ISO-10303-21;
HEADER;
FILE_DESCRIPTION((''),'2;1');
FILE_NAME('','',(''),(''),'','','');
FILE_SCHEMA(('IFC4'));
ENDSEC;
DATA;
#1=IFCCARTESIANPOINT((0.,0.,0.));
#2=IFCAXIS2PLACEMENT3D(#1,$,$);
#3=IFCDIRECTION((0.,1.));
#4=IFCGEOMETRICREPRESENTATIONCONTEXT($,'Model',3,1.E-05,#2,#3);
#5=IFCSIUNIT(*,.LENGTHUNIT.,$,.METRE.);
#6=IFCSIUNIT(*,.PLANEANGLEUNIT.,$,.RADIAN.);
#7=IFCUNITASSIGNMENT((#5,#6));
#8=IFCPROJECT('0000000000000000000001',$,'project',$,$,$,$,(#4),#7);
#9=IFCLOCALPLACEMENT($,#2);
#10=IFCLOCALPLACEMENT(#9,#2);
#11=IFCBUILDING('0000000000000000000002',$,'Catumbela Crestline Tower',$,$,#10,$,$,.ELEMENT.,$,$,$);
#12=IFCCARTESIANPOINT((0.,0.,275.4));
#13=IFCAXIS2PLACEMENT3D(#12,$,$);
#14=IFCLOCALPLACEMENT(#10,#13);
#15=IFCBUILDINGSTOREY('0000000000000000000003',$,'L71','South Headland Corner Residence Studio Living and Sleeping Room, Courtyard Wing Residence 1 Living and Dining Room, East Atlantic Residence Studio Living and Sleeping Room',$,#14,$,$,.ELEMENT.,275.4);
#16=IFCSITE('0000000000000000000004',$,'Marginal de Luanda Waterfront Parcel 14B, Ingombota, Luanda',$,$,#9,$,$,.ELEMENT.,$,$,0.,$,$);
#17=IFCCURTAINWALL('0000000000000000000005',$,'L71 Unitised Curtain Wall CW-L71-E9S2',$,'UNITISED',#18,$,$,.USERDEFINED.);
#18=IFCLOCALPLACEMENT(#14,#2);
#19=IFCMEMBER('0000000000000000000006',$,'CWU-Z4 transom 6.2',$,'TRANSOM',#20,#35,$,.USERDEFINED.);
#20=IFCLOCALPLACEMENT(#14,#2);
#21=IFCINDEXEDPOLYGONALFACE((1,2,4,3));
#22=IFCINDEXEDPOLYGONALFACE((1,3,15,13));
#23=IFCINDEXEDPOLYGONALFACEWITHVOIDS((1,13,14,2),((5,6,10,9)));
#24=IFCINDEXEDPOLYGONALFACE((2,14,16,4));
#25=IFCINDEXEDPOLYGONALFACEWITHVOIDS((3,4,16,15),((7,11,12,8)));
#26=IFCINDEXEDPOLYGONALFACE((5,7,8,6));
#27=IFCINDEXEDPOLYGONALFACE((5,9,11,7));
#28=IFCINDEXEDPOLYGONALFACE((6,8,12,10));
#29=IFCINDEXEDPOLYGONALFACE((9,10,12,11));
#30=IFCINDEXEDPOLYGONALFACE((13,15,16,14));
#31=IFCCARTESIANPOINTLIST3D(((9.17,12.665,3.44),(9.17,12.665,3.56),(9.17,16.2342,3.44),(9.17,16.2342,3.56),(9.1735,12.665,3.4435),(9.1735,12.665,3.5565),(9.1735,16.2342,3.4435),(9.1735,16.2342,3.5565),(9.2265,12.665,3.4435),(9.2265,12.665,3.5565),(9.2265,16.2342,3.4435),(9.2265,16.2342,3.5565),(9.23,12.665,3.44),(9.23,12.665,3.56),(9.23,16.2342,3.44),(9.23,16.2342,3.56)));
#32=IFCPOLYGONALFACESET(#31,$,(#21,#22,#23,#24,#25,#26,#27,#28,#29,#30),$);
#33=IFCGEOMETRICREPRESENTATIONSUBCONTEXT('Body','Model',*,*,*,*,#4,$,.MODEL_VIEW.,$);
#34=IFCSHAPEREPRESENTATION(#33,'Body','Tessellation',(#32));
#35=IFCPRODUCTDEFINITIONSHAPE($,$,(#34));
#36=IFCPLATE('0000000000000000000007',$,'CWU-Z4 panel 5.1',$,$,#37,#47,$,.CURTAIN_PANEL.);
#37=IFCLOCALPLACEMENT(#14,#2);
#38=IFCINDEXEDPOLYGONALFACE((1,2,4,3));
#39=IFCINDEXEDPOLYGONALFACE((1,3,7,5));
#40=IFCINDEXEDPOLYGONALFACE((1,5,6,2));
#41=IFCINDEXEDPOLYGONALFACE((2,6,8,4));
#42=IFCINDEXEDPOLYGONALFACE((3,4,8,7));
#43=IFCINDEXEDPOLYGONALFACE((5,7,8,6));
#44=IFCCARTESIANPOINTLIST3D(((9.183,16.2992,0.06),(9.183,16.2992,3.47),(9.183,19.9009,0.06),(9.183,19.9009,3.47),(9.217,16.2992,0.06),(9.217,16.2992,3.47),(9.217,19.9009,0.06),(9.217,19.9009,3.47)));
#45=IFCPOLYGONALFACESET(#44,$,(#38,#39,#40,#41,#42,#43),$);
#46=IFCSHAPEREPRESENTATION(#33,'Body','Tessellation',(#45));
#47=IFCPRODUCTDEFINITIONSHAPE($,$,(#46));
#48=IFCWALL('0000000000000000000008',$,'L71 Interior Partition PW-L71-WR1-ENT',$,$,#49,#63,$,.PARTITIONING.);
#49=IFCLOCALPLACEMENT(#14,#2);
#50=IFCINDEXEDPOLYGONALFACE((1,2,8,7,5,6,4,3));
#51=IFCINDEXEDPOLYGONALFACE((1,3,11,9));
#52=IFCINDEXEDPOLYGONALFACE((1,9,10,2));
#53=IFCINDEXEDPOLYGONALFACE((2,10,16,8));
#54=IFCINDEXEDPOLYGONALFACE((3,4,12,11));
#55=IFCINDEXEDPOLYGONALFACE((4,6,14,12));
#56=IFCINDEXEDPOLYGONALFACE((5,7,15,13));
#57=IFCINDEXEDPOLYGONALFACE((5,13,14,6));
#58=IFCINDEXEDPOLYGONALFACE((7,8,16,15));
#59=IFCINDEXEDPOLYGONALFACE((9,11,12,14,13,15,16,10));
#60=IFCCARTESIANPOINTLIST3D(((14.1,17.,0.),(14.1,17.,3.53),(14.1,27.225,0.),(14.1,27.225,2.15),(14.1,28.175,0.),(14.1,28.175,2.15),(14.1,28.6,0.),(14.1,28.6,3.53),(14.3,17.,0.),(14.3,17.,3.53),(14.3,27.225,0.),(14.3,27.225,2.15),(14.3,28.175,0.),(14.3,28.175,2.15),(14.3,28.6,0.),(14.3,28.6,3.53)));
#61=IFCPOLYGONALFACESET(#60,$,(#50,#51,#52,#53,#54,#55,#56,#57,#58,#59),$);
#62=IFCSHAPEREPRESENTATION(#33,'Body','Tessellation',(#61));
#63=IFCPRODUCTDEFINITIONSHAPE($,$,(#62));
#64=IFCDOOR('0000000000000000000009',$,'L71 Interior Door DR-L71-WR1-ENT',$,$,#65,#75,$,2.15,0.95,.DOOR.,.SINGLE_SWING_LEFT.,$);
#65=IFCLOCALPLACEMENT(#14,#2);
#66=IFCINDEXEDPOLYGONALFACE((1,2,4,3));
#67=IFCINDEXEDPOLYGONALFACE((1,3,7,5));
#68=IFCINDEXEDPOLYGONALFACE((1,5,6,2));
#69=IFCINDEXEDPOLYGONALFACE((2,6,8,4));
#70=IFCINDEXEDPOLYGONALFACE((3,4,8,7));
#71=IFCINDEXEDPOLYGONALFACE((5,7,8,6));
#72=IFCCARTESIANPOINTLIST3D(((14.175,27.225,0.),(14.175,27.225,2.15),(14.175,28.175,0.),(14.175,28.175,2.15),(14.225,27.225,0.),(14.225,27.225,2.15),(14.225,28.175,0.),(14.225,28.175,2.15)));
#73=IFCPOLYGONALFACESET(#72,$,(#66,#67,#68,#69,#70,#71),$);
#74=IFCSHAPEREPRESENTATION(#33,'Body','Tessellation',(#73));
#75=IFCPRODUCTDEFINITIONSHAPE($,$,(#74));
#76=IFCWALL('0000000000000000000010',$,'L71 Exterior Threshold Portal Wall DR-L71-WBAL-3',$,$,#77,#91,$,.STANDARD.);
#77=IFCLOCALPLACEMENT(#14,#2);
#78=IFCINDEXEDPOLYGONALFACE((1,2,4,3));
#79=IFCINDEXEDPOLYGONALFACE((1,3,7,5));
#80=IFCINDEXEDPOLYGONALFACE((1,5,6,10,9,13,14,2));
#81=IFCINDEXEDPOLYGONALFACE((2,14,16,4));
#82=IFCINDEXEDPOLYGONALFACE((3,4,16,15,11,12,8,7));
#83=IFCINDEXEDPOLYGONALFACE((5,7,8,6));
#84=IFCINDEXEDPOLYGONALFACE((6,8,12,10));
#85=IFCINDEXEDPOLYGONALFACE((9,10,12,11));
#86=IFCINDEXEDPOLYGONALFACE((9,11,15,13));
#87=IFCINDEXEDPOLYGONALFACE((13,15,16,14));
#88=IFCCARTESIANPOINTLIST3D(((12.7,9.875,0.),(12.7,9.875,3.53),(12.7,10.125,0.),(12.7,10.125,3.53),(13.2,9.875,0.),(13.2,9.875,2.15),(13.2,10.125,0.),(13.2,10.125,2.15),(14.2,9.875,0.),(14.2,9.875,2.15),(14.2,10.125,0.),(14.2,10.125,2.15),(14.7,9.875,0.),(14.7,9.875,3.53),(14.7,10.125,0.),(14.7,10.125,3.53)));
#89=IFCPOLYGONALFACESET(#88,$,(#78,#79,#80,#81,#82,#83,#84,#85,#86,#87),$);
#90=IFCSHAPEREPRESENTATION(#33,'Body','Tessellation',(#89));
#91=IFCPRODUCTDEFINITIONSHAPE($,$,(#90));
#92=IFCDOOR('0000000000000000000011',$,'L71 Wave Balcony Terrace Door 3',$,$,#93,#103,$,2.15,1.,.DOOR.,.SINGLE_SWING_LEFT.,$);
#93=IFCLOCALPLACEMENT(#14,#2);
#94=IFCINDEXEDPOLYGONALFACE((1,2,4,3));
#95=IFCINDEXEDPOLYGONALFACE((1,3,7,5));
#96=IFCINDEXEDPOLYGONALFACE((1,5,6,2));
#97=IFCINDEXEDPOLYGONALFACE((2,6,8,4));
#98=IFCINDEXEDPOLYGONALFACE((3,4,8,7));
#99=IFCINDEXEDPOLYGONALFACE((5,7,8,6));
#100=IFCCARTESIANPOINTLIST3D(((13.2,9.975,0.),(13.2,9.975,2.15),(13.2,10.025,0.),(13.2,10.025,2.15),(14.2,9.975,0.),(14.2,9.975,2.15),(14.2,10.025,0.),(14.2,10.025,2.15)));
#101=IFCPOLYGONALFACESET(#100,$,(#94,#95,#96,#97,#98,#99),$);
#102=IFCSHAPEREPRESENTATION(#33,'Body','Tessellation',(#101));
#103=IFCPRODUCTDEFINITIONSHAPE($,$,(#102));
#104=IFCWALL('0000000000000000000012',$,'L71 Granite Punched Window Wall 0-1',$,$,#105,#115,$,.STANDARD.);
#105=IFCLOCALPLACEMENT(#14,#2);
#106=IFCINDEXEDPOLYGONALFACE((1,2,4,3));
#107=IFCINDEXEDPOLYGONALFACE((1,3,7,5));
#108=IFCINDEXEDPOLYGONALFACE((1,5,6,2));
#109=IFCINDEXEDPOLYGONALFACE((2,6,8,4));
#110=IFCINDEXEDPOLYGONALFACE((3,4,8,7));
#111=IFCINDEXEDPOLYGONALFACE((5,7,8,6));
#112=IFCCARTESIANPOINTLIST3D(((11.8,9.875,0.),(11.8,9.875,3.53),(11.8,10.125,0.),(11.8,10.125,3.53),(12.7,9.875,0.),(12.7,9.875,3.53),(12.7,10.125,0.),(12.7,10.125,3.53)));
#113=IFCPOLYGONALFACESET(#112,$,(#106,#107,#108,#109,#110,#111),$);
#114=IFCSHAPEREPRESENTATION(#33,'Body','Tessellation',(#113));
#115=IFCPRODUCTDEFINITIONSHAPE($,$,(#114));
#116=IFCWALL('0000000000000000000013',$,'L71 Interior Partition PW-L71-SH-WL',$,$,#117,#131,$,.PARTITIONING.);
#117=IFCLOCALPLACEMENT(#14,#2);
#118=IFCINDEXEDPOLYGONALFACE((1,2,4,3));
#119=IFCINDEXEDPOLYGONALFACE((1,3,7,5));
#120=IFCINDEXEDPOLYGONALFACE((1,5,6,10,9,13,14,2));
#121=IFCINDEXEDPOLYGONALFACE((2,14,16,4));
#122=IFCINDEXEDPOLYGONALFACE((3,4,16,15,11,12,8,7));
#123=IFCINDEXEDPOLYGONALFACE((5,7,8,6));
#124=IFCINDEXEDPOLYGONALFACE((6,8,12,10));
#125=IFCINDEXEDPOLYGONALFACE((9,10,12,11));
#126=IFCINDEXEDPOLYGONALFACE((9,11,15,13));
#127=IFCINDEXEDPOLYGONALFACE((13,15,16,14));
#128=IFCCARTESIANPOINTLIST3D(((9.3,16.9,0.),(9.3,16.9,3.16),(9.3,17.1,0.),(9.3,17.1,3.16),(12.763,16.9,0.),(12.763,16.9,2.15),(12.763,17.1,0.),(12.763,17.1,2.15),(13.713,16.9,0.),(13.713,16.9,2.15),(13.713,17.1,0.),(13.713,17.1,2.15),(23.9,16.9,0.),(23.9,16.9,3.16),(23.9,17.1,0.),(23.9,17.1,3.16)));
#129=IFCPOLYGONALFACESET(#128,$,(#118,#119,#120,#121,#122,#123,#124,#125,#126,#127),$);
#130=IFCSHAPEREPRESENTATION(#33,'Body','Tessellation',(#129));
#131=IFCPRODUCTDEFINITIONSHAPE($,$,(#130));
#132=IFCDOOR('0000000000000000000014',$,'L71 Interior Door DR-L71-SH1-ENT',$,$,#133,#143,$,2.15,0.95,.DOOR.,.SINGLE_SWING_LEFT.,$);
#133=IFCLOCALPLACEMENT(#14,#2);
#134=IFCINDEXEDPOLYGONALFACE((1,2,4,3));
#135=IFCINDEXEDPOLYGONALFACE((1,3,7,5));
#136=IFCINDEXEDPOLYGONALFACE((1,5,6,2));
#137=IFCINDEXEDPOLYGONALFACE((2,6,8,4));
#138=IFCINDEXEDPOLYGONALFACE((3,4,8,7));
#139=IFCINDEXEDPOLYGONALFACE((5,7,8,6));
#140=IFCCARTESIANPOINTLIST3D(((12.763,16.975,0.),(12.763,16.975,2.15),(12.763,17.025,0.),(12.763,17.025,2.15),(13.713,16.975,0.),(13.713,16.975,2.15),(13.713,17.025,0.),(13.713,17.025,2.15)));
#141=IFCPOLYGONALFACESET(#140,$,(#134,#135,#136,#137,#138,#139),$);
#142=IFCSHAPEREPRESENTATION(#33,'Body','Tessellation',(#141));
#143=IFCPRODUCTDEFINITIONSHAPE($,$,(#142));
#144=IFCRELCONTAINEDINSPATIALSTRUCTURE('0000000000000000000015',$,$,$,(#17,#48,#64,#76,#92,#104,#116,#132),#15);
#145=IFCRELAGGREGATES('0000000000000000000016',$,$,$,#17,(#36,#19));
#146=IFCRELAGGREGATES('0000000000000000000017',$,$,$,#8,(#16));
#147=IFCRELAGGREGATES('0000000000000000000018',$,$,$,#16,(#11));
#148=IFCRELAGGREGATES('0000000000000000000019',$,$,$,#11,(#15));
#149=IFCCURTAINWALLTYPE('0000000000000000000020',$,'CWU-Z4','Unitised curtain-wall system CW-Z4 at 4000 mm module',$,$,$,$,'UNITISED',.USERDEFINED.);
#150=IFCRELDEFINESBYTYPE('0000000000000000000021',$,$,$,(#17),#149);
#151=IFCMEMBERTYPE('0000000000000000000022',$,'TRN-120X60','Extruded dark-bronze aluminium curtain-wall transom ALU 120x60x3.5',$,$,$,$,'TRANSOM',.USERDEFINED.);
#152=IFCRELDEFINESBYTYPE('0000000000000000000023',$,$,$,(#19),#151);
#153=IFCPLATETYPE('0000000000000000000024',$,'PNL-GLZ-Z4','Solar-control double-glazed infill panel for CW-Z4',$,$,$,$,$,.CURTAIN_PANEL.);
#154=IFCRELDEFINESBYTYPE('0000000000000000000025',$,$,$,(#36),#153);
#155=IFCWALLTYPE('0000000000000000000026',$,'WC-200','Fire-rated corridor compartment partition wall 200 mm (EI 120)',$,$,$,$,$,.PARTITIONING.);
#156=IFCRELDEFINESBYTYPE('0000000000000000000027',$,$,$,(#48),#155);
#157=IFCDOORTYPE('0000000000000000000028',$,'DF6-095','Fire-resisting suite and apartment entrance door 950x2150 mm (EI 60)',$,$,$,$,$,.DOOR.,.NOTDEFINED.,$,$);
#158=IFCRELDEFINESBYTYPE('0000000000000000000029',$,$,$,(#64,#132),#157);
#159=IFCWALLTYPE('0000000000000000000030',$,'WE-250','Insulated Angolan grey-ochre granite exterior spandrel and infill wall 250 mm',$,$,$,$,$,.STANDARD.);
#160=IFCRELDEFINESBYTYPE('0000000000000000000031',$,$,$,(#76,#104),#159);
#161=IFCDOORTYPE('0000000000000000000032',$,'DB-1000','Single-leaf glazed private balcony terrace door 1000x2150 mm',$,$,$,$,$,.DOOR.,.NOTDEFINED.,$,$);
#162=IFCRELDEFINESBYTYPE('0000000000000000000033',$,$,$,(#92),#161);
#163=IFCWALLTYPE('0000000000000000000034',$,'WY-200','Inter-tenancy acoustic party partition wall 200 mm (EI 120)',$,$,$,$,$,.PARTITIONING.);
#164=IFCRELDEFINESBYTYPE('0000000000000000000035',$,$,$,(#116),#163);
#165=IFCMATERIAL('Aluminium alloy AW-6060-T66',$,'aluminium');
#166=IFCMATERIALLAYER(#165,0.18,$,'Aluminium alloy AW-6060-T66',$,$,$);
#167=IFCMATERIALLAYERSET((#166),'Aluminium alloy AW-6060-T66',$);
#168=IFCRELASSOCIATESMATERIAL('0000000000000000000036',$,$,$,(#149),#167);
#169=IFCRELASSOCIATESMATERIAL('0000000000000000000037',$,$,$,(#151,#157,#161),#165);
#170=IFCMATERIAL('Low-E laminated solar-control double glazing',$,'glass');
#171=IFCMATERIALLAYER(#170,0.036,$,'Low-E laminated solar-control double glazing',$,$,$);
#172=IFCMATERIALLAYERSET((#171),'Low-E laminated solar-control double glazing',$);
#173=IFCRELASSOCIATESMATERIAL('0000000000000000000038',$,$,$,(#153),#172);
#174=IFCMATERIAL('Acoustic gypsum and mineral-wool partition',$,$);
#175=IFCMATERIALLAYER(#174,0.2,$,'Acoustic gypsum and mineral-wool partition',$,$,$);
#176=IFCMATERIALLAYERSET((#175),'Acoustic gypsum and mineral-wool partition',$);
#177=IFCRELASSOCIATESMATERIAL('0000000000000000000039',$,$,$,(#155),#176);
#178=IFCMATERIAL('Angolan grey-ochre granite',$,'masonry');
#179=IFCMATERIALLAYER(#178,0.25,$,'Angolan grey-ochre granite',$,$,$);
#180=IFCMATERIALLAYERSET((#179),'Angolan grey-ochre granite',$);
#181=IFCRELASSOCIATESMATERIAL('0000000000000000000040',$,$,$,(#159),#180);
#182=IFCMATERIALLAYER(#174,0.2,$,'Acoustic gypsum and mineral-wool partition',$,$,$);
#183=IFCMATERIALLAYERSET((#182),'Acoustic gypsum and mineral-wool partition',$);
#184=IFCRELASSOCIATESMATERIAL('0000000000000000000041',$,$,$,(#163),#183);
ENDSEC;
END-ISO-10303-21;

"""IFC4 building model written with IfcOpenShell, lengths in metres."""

from ifc_helpers import new_model, si_unit, direction, frame, frame_2d, origin, origin_2d, place, context, subcontext, project, spatial, rectangle, hollow_rectangle, extrude, material, layer, layer_set, material_profile, profile_set, type_object, element, fill, aggregate, save


model = new_model("IFC4")

# Units and contexts
model_context = context("Model", 3, precision=1e-05, world=origin(), true_north=direction((0.0, 1.0)))
body_context = subcontext(model_context, "Body", "Model", "MODEL_VIEW")
ifc_project = project(units=[si_unit("LENGTHUNIT", "METRE"), si_unit("PLANEANGLEUNIT", "RADIAN")], contexts=[model_context])

# Site, building, storey
site_placement = place(None, origin())
site = spatial("IfcSite", under=ifc_project, at=site_placement, Name="Marginal de Luanda Waterfront Parcel 14B, Ingombota, Luanda", CompositionType="ELEMENT", RefElevation=0.0)
building_placement = place(site_placement, origin())
building = spatial("IfcBuilding", under=site, at=building_placement, Name="Catumbela Crestline Tower", CompositionType="ELEMENT")
storey_placement = place(building_placement, frame((0.0, 0.0, 275.4)))
storey = spatial("IfcBuildingStorey", under=building, at=storey_placement, Name="L71", Description="South Headland Corner Residence Studio Living and Sleeping Room, Courtyard Wing Residence 1 Living and Dining Room, East Atlantic Residence Studio Living and Sleeping Room", CompositionType="ELEMENT", Elevation=275.4)

# Curtain wall
ifc_material_1 = material(Name="Aluminium alloy AW-6060-T66", Category="aluminium")
ifc_layer_1 = layer(ifc_material_1, 0.18, Name="Aluminium alloy AW-6060-T66")
ifc_layer_set_1 = layer_set([ifc_layer_1], Name="Aluminium alloy AW-6060-T66")
curtain_wall_type = type_object("IfcCurtainWallType", Name="CWU-Z4", Description="Unitised curtain-wall system CW-Z4 at 4000 mm module", ElementType="UNITISED", PredefinedType="USERDEFINED", material=ifc_layer_set_1)
curtain_wall_1_placement = place(storey_placement, origin())
curtain_wall_1 = element("IfcCurtainWall", 1, at=curtain_wall_1_placement, inside=storey, type_object=curtain_wall_type, Name="L71 Unitised Curtain Wall CW-L71-E9S2", ObjectType="UNITISED", PredefinedType="USERDEFINED")

# Member
ifc_material_profile_1 = material_profile(ifc_material_1, hollow_rectangle(XDim=0.06, YDim=0.12, WallThickness=0.0035, at=origin_2d()), Name="ALU 120x60x3.5")
ifc_profile_set_1 = profile_set([ifc_material_profile_1], Name="Aluminium alloy AW-6060-T66")
member_type_1 = type_object("IfcMemberType", Name="TRN-120X60", Description="Extruded dark-bronze aluminium curtain-wall transom ALU 120x60x3.5", ElementType="TRANSOM", PredefinedType="USERDEFINED", material=ifc_profile_set_1)
member_1_placement = place(storey_placement, frame((9.2, 16.2342, 3.5), z_axis=(0.0, -1.0, 0.0), x_axis=(1.0, 0.0, 0.0)))
member_1 = element("IfcMember", 2, at=member_1_placement, type_object=member_type_1, Name="CWU-Z4 transom 6.2", ObjectType="TRANSOM", PredefinedType="USERDEFINED", context=body_context, shape_type="SweptSolid", body=[
    extrude(hollow_rectangle(XDim=0.06, YDim=0.12, WallThickness=0.0035, at=origin_2d()), origin(), (0.0, 0.0, 1.0), 3.5692),
])

# Plate
ifc_material_2 = material(Name="Low-E laminated solar-control double glazing", Category="glass")
ifc_layer_2 = layer(ifc_material_2, 0.036, Name="Low-E laminated solar-control double glazing")
ifc_layer_set_2 = layer_set([ifc_layer_2], Name="Low-E laminated solar-control double glazing")
plate_type = type_object("IfcPlateType", Name="PNL-GLZ-Z4", Description="Solar-control double-glazed infill panel for CW-Z4", PredefinedType="CURTAIN_PANEL", material=ifc_layer_set_2)
plate_placement = place(storey_placement, frame((9.2, 18.1, 0.06), z_axis=(0.0, 0.0, 1.0), x_axis=(0.0, -1.0, 0.0)))
plate = element("IfcPlate", 3, at=plate_placement, type_object=plate_type, Name="CWU-Z4 panel 5.1", PredefinedType="CURTAIN_PANEL", context=body_context, shape_type="SweptSolid", body=[
    extrude(rectangle(XDim=3.6017, YDim=0.034, at=origin_2d()), origin(), (0.0, 0.0, 1.0), 3.41),
])
aggregate(curtain_wall_1, [plate, member_1])

# Walls, openings, doors
ifc_material_3 = material(Name="Acoustic gypsum and mineral-wool partition")
ifc_layer_3 = layer(ifc_material_3, 0.2, Name="Acoustic gypsum and mineral-wool partition")
ifc_layer_set_3 = layer_set([ifc_layer_3], Name="Acoustic gypsum and mineral-wool partition")
wall_type_1 = type_object("IfcWallType", Name="WC-200", Description="Fire-rated corridor compartment partition wall 200 mm (EI 120)", PredefinedType="PARTITIONING", material=ifc_layer_set_3)
wall_1_placement = place(storey_placement, frame((14.2, 17.0, 0.0), z_axis=(0.0, 0.0, 1.0), x_axis=(0.0, 1.0, 0.0)))
wall_1 = element("IfcWall", 4, at=wall_1_placement, inside=storey, type_object=wall_type_1, Name="L71 Interior Partition PW-L71-WR1-ENT", PredefinedType="PARTITIONING", context=body_context, shape_type="SweptSolid", body=[
    extrude(rectangle(XDim=11.6, YDim=0.2, at=frame_2d((5.8, 0.0))), origin(), (0.0, 0.0, 1.0), 3.53),
])
opening_1_placement = place(wall_1_placement, frame((10.225, 0.0, 0.0)))
opening_1 = element("IfcOpeningElement", 5, at=opening_1_placement, cuts=wall_1, PredefinedType="OPENING", context=body_context, shape_type="SweptSolid", body=[
    extrude(rectangle(XDim=0.95, YDim=2.15, at=frame_2d((0.475, 1.075))), frame((0.0, 0.11, 0.0), z_axis=(0.0, -1.0, 0.0), x_axis=(1.0, 0.0, 0.0)), (0.0, 0.0, 1.0), 0.22),
])
door_type_1 = type_object("IfcDoorType", Name="DF6-095", Description="Fire-resisting suite and apartment entrance door 950x2150 mm (EI 60)", OperationType="NOTDEFINED", PredefinedType="DOOR", material=ifc_material_1)
door_1_placement = place(opening_1_placement, origin())
door_1 = element("IfcDoor", 6, at=door_1_placement, inside=storey, type_object=door_type_1, Name="L71 Interior Door DR-L71-WR1-ENT", OperationType="SINGLE_SWING_LEFT", OverallHeight=2.15, OverallWidth=0.95, PredefinedType="DOOR", context=body_context, shape_type="SweptSolid", body=[
    extrude(rectangle(XDim=0.95, YDim=2.15, at=frame_2d((0.475, 1.075))), frame((0.0, 0.025, 0.0), z_axis=(0.0, -1.0, 0.0), x_axis=(1.0, 0.0, 0.0)), (0.0, 0.0, 1.0), 0.05),
])
fill(opening_1, door_1)
ifc_material_4 = material(Name="Angolan grey-ochre granite", Category="masonry")
ifc_layer_4 = layer(ifc_material_4, 0.25, Name="Angolan grey-ochre granite")
ifc_layer_set_4 = layer_set([ifc_layer_4], Name="Angolan grey-ochre granite")
wall_type_2 = type_object("IfcWallType", Name="WE-250", Description="Insulated Angolan grey-ochre granite exterior spandrel and infill wall 250 mm", PredefinedType="STANDARD", material=ifc_layer_set_4)
wall_2_placement = place(storey_placement, frame((12.7, 10.0, 0.0), z_axis=(0.0, 0.0, 1.0), x_axis=(1.0, 0.0, 0.0)))
wall_2 = element("IfcWall", 7, at=wall_2_placement, inside=storey, type_object=wall_type_2, Name="L71 Exterior Threshold Portal Wall DR-L71-WBAL-3", PredefinedType="STANDARD", context=body_context, shape_type="SweptSolid", body=[
    extrude(rectangle(XDim=2.0, YDim=0.25, at=frame_2d((1.0, 0.0))), origin(), (0.0, 0.0, 1.0), 3.53),
])
opening_2_placement = place(wall_2_placement, frame((0.5, 0.0, 0.0)))
opening_2 = element("IfcOpeningElement", 8, at=opening_2_placement, cuts=wall_2, PredefinedType="OPENING", context=body_context, shape_type="SweptSolid", body=[
    extrude(rectangle(XDim=1.0, YDim=2.15, at=frame_2d((0.5, 1.075))), frame((0.0, 0.135, 0.0), z_axis=(0.0, -1.0, 0.0), x_axis=(1.0, 0.0, 0.0)), (0.0, 0.0, 1.0), 0.27),
])
door_type_2 = type_object("IfcDoorType", Name="DB-1000", Description="Single-leaf glazed private balcony terrace door 1000x2150 mm", OperationType="NOTDEFINED", PredefinedType="DOOR", material=ifc_material_1)
door_2_placement = place(opening_2_placement, origin())
door_2 = element("IfcDoor", 9, at=door_2_placement, inside=storey, type_object=door_type_2, Name="L71 Wave Balcony Terrace Door 3", OperationType="SINGLE_SWING_LEFT", OverallHeight=2.15, OverallWidth=1.0, PredefinedType="DOOR", context=body_context, shape_type="SweptSolid", body=[
    extrude(rectangle(XDim=1.0, YDim=2.15, at=frame_2d((0.5, 1.075))), frame((0.0, 0.025, 0.0), z_axis=(0.0, -1.0, 0.0), x_axis=(1.0, 0.0, 0.0)), (0.0, 0.0, 1.0), 0.05),
])
fill(opening_2, door_2)

# Wall
wall_3_placement = place(storey_placement, frame((11.8, 10.0, 0.0), z_axis=(0.0, 0.0, 1.0), x_axis=(1.0, 0.0, 0.0)))
element("IfcWall", 10, at=wall_3_placement, inside=storey, type_object=wall_type_2, Name="L71 Granite Punched Window Wall 0-1", PredefinedType="STANDARD", context=body_context, shape_type="SweptSolid", body=[
    extrude(rectangle(XDim=0.9, YDim=0.25, at=frame_2d((0.45, 0.0))), origin(), (0.0, 0.0, 1.0), 3.53),
])

# Wall, opening, door
ifc_layer_5 = layer(ifc_material_3, 0.2, Name="Acoustic gypsum and mineral-wool partition")
ifc_layer_set_5 = layer_set([ifc_layer_5], Name="Acoustic gypsum and mineral-wool partition")
wall_type_3 = type_object("IfcWallType", Name="WY-200", Description="Inter-tenancy acoustic party partition wall 200 mm (EI 120)", PredefinedType="PARTITIONING", material=ifc_layer_set_5)
wall_4_placement = place(storey_placement, frame((9.3, 17.0, 0.0), z_axis=(0.0, 0.0, 1.0), x_axis=(1.0, 0.0, 0.0)))
wall_4 = element("IfcWall", 11, at=wall_4_placement, inside=storey, type_object=wall_type_3, Name="L71 Interior Partition PW-L71-SH-WL", PredefinedType="PARTITIONING", context=body_context, shape_type="SweptSolid", body=[
    extrude(rectangle(XDim=14.6, YDim=0.2, at=frame_2d((7.3, 0.0))), origin(), (0.0, 0.0, 1.0), 3.16),
])
opening_3_placement = place(wall_4_placement, frame((3.463, 0.0, 0.0)))
opening_3 = element("IfcOpeningElement", 12, at=opening_3_placement, cuts=wall_4, PredefinedType="OPENING", context=body_context, shape_type="SweptSolid", body=[
    extrude(rectangle(XDim=0.95, YDim=2.15, at=frame_2d((0.475, 1.075))), frame((0.0, 0.11, 0.0), z_axis=(0.0, -1.0, 0.0), x_axis=(1.0, 0.0, 0.0)), (0.0, 0.0, 1.0), 0.22),
])
door_3_placement = place(opening_3_placement, origin())
door_3 = element("IfcDoor", 13, at=door_3_placement, inside=storey, type_object=door_type_1, Name="L71 Interior Door DR-L71-SH1-ENT", OperationType="SINGLE_SWING_LEFT", OverallHeight=2.15, OverallWidth=0.95, PredefinedType="DOOR", context=body_context, shape_type="SweptSolid", body=[
    extrude(rectangle(XDim=0.95, YDim=2.15, at=frame_2d((0.475, 1.075))), frame((0.0, 0.025, 0.0), z_axis=(0.0, -1.0, 0.0), x_axis=(1.0, 0.0, 0.0)), (0.0, 0.0, 1.0), 0.05),
])
fill(opening_3, door_3)

save(model, "model.ifc")
